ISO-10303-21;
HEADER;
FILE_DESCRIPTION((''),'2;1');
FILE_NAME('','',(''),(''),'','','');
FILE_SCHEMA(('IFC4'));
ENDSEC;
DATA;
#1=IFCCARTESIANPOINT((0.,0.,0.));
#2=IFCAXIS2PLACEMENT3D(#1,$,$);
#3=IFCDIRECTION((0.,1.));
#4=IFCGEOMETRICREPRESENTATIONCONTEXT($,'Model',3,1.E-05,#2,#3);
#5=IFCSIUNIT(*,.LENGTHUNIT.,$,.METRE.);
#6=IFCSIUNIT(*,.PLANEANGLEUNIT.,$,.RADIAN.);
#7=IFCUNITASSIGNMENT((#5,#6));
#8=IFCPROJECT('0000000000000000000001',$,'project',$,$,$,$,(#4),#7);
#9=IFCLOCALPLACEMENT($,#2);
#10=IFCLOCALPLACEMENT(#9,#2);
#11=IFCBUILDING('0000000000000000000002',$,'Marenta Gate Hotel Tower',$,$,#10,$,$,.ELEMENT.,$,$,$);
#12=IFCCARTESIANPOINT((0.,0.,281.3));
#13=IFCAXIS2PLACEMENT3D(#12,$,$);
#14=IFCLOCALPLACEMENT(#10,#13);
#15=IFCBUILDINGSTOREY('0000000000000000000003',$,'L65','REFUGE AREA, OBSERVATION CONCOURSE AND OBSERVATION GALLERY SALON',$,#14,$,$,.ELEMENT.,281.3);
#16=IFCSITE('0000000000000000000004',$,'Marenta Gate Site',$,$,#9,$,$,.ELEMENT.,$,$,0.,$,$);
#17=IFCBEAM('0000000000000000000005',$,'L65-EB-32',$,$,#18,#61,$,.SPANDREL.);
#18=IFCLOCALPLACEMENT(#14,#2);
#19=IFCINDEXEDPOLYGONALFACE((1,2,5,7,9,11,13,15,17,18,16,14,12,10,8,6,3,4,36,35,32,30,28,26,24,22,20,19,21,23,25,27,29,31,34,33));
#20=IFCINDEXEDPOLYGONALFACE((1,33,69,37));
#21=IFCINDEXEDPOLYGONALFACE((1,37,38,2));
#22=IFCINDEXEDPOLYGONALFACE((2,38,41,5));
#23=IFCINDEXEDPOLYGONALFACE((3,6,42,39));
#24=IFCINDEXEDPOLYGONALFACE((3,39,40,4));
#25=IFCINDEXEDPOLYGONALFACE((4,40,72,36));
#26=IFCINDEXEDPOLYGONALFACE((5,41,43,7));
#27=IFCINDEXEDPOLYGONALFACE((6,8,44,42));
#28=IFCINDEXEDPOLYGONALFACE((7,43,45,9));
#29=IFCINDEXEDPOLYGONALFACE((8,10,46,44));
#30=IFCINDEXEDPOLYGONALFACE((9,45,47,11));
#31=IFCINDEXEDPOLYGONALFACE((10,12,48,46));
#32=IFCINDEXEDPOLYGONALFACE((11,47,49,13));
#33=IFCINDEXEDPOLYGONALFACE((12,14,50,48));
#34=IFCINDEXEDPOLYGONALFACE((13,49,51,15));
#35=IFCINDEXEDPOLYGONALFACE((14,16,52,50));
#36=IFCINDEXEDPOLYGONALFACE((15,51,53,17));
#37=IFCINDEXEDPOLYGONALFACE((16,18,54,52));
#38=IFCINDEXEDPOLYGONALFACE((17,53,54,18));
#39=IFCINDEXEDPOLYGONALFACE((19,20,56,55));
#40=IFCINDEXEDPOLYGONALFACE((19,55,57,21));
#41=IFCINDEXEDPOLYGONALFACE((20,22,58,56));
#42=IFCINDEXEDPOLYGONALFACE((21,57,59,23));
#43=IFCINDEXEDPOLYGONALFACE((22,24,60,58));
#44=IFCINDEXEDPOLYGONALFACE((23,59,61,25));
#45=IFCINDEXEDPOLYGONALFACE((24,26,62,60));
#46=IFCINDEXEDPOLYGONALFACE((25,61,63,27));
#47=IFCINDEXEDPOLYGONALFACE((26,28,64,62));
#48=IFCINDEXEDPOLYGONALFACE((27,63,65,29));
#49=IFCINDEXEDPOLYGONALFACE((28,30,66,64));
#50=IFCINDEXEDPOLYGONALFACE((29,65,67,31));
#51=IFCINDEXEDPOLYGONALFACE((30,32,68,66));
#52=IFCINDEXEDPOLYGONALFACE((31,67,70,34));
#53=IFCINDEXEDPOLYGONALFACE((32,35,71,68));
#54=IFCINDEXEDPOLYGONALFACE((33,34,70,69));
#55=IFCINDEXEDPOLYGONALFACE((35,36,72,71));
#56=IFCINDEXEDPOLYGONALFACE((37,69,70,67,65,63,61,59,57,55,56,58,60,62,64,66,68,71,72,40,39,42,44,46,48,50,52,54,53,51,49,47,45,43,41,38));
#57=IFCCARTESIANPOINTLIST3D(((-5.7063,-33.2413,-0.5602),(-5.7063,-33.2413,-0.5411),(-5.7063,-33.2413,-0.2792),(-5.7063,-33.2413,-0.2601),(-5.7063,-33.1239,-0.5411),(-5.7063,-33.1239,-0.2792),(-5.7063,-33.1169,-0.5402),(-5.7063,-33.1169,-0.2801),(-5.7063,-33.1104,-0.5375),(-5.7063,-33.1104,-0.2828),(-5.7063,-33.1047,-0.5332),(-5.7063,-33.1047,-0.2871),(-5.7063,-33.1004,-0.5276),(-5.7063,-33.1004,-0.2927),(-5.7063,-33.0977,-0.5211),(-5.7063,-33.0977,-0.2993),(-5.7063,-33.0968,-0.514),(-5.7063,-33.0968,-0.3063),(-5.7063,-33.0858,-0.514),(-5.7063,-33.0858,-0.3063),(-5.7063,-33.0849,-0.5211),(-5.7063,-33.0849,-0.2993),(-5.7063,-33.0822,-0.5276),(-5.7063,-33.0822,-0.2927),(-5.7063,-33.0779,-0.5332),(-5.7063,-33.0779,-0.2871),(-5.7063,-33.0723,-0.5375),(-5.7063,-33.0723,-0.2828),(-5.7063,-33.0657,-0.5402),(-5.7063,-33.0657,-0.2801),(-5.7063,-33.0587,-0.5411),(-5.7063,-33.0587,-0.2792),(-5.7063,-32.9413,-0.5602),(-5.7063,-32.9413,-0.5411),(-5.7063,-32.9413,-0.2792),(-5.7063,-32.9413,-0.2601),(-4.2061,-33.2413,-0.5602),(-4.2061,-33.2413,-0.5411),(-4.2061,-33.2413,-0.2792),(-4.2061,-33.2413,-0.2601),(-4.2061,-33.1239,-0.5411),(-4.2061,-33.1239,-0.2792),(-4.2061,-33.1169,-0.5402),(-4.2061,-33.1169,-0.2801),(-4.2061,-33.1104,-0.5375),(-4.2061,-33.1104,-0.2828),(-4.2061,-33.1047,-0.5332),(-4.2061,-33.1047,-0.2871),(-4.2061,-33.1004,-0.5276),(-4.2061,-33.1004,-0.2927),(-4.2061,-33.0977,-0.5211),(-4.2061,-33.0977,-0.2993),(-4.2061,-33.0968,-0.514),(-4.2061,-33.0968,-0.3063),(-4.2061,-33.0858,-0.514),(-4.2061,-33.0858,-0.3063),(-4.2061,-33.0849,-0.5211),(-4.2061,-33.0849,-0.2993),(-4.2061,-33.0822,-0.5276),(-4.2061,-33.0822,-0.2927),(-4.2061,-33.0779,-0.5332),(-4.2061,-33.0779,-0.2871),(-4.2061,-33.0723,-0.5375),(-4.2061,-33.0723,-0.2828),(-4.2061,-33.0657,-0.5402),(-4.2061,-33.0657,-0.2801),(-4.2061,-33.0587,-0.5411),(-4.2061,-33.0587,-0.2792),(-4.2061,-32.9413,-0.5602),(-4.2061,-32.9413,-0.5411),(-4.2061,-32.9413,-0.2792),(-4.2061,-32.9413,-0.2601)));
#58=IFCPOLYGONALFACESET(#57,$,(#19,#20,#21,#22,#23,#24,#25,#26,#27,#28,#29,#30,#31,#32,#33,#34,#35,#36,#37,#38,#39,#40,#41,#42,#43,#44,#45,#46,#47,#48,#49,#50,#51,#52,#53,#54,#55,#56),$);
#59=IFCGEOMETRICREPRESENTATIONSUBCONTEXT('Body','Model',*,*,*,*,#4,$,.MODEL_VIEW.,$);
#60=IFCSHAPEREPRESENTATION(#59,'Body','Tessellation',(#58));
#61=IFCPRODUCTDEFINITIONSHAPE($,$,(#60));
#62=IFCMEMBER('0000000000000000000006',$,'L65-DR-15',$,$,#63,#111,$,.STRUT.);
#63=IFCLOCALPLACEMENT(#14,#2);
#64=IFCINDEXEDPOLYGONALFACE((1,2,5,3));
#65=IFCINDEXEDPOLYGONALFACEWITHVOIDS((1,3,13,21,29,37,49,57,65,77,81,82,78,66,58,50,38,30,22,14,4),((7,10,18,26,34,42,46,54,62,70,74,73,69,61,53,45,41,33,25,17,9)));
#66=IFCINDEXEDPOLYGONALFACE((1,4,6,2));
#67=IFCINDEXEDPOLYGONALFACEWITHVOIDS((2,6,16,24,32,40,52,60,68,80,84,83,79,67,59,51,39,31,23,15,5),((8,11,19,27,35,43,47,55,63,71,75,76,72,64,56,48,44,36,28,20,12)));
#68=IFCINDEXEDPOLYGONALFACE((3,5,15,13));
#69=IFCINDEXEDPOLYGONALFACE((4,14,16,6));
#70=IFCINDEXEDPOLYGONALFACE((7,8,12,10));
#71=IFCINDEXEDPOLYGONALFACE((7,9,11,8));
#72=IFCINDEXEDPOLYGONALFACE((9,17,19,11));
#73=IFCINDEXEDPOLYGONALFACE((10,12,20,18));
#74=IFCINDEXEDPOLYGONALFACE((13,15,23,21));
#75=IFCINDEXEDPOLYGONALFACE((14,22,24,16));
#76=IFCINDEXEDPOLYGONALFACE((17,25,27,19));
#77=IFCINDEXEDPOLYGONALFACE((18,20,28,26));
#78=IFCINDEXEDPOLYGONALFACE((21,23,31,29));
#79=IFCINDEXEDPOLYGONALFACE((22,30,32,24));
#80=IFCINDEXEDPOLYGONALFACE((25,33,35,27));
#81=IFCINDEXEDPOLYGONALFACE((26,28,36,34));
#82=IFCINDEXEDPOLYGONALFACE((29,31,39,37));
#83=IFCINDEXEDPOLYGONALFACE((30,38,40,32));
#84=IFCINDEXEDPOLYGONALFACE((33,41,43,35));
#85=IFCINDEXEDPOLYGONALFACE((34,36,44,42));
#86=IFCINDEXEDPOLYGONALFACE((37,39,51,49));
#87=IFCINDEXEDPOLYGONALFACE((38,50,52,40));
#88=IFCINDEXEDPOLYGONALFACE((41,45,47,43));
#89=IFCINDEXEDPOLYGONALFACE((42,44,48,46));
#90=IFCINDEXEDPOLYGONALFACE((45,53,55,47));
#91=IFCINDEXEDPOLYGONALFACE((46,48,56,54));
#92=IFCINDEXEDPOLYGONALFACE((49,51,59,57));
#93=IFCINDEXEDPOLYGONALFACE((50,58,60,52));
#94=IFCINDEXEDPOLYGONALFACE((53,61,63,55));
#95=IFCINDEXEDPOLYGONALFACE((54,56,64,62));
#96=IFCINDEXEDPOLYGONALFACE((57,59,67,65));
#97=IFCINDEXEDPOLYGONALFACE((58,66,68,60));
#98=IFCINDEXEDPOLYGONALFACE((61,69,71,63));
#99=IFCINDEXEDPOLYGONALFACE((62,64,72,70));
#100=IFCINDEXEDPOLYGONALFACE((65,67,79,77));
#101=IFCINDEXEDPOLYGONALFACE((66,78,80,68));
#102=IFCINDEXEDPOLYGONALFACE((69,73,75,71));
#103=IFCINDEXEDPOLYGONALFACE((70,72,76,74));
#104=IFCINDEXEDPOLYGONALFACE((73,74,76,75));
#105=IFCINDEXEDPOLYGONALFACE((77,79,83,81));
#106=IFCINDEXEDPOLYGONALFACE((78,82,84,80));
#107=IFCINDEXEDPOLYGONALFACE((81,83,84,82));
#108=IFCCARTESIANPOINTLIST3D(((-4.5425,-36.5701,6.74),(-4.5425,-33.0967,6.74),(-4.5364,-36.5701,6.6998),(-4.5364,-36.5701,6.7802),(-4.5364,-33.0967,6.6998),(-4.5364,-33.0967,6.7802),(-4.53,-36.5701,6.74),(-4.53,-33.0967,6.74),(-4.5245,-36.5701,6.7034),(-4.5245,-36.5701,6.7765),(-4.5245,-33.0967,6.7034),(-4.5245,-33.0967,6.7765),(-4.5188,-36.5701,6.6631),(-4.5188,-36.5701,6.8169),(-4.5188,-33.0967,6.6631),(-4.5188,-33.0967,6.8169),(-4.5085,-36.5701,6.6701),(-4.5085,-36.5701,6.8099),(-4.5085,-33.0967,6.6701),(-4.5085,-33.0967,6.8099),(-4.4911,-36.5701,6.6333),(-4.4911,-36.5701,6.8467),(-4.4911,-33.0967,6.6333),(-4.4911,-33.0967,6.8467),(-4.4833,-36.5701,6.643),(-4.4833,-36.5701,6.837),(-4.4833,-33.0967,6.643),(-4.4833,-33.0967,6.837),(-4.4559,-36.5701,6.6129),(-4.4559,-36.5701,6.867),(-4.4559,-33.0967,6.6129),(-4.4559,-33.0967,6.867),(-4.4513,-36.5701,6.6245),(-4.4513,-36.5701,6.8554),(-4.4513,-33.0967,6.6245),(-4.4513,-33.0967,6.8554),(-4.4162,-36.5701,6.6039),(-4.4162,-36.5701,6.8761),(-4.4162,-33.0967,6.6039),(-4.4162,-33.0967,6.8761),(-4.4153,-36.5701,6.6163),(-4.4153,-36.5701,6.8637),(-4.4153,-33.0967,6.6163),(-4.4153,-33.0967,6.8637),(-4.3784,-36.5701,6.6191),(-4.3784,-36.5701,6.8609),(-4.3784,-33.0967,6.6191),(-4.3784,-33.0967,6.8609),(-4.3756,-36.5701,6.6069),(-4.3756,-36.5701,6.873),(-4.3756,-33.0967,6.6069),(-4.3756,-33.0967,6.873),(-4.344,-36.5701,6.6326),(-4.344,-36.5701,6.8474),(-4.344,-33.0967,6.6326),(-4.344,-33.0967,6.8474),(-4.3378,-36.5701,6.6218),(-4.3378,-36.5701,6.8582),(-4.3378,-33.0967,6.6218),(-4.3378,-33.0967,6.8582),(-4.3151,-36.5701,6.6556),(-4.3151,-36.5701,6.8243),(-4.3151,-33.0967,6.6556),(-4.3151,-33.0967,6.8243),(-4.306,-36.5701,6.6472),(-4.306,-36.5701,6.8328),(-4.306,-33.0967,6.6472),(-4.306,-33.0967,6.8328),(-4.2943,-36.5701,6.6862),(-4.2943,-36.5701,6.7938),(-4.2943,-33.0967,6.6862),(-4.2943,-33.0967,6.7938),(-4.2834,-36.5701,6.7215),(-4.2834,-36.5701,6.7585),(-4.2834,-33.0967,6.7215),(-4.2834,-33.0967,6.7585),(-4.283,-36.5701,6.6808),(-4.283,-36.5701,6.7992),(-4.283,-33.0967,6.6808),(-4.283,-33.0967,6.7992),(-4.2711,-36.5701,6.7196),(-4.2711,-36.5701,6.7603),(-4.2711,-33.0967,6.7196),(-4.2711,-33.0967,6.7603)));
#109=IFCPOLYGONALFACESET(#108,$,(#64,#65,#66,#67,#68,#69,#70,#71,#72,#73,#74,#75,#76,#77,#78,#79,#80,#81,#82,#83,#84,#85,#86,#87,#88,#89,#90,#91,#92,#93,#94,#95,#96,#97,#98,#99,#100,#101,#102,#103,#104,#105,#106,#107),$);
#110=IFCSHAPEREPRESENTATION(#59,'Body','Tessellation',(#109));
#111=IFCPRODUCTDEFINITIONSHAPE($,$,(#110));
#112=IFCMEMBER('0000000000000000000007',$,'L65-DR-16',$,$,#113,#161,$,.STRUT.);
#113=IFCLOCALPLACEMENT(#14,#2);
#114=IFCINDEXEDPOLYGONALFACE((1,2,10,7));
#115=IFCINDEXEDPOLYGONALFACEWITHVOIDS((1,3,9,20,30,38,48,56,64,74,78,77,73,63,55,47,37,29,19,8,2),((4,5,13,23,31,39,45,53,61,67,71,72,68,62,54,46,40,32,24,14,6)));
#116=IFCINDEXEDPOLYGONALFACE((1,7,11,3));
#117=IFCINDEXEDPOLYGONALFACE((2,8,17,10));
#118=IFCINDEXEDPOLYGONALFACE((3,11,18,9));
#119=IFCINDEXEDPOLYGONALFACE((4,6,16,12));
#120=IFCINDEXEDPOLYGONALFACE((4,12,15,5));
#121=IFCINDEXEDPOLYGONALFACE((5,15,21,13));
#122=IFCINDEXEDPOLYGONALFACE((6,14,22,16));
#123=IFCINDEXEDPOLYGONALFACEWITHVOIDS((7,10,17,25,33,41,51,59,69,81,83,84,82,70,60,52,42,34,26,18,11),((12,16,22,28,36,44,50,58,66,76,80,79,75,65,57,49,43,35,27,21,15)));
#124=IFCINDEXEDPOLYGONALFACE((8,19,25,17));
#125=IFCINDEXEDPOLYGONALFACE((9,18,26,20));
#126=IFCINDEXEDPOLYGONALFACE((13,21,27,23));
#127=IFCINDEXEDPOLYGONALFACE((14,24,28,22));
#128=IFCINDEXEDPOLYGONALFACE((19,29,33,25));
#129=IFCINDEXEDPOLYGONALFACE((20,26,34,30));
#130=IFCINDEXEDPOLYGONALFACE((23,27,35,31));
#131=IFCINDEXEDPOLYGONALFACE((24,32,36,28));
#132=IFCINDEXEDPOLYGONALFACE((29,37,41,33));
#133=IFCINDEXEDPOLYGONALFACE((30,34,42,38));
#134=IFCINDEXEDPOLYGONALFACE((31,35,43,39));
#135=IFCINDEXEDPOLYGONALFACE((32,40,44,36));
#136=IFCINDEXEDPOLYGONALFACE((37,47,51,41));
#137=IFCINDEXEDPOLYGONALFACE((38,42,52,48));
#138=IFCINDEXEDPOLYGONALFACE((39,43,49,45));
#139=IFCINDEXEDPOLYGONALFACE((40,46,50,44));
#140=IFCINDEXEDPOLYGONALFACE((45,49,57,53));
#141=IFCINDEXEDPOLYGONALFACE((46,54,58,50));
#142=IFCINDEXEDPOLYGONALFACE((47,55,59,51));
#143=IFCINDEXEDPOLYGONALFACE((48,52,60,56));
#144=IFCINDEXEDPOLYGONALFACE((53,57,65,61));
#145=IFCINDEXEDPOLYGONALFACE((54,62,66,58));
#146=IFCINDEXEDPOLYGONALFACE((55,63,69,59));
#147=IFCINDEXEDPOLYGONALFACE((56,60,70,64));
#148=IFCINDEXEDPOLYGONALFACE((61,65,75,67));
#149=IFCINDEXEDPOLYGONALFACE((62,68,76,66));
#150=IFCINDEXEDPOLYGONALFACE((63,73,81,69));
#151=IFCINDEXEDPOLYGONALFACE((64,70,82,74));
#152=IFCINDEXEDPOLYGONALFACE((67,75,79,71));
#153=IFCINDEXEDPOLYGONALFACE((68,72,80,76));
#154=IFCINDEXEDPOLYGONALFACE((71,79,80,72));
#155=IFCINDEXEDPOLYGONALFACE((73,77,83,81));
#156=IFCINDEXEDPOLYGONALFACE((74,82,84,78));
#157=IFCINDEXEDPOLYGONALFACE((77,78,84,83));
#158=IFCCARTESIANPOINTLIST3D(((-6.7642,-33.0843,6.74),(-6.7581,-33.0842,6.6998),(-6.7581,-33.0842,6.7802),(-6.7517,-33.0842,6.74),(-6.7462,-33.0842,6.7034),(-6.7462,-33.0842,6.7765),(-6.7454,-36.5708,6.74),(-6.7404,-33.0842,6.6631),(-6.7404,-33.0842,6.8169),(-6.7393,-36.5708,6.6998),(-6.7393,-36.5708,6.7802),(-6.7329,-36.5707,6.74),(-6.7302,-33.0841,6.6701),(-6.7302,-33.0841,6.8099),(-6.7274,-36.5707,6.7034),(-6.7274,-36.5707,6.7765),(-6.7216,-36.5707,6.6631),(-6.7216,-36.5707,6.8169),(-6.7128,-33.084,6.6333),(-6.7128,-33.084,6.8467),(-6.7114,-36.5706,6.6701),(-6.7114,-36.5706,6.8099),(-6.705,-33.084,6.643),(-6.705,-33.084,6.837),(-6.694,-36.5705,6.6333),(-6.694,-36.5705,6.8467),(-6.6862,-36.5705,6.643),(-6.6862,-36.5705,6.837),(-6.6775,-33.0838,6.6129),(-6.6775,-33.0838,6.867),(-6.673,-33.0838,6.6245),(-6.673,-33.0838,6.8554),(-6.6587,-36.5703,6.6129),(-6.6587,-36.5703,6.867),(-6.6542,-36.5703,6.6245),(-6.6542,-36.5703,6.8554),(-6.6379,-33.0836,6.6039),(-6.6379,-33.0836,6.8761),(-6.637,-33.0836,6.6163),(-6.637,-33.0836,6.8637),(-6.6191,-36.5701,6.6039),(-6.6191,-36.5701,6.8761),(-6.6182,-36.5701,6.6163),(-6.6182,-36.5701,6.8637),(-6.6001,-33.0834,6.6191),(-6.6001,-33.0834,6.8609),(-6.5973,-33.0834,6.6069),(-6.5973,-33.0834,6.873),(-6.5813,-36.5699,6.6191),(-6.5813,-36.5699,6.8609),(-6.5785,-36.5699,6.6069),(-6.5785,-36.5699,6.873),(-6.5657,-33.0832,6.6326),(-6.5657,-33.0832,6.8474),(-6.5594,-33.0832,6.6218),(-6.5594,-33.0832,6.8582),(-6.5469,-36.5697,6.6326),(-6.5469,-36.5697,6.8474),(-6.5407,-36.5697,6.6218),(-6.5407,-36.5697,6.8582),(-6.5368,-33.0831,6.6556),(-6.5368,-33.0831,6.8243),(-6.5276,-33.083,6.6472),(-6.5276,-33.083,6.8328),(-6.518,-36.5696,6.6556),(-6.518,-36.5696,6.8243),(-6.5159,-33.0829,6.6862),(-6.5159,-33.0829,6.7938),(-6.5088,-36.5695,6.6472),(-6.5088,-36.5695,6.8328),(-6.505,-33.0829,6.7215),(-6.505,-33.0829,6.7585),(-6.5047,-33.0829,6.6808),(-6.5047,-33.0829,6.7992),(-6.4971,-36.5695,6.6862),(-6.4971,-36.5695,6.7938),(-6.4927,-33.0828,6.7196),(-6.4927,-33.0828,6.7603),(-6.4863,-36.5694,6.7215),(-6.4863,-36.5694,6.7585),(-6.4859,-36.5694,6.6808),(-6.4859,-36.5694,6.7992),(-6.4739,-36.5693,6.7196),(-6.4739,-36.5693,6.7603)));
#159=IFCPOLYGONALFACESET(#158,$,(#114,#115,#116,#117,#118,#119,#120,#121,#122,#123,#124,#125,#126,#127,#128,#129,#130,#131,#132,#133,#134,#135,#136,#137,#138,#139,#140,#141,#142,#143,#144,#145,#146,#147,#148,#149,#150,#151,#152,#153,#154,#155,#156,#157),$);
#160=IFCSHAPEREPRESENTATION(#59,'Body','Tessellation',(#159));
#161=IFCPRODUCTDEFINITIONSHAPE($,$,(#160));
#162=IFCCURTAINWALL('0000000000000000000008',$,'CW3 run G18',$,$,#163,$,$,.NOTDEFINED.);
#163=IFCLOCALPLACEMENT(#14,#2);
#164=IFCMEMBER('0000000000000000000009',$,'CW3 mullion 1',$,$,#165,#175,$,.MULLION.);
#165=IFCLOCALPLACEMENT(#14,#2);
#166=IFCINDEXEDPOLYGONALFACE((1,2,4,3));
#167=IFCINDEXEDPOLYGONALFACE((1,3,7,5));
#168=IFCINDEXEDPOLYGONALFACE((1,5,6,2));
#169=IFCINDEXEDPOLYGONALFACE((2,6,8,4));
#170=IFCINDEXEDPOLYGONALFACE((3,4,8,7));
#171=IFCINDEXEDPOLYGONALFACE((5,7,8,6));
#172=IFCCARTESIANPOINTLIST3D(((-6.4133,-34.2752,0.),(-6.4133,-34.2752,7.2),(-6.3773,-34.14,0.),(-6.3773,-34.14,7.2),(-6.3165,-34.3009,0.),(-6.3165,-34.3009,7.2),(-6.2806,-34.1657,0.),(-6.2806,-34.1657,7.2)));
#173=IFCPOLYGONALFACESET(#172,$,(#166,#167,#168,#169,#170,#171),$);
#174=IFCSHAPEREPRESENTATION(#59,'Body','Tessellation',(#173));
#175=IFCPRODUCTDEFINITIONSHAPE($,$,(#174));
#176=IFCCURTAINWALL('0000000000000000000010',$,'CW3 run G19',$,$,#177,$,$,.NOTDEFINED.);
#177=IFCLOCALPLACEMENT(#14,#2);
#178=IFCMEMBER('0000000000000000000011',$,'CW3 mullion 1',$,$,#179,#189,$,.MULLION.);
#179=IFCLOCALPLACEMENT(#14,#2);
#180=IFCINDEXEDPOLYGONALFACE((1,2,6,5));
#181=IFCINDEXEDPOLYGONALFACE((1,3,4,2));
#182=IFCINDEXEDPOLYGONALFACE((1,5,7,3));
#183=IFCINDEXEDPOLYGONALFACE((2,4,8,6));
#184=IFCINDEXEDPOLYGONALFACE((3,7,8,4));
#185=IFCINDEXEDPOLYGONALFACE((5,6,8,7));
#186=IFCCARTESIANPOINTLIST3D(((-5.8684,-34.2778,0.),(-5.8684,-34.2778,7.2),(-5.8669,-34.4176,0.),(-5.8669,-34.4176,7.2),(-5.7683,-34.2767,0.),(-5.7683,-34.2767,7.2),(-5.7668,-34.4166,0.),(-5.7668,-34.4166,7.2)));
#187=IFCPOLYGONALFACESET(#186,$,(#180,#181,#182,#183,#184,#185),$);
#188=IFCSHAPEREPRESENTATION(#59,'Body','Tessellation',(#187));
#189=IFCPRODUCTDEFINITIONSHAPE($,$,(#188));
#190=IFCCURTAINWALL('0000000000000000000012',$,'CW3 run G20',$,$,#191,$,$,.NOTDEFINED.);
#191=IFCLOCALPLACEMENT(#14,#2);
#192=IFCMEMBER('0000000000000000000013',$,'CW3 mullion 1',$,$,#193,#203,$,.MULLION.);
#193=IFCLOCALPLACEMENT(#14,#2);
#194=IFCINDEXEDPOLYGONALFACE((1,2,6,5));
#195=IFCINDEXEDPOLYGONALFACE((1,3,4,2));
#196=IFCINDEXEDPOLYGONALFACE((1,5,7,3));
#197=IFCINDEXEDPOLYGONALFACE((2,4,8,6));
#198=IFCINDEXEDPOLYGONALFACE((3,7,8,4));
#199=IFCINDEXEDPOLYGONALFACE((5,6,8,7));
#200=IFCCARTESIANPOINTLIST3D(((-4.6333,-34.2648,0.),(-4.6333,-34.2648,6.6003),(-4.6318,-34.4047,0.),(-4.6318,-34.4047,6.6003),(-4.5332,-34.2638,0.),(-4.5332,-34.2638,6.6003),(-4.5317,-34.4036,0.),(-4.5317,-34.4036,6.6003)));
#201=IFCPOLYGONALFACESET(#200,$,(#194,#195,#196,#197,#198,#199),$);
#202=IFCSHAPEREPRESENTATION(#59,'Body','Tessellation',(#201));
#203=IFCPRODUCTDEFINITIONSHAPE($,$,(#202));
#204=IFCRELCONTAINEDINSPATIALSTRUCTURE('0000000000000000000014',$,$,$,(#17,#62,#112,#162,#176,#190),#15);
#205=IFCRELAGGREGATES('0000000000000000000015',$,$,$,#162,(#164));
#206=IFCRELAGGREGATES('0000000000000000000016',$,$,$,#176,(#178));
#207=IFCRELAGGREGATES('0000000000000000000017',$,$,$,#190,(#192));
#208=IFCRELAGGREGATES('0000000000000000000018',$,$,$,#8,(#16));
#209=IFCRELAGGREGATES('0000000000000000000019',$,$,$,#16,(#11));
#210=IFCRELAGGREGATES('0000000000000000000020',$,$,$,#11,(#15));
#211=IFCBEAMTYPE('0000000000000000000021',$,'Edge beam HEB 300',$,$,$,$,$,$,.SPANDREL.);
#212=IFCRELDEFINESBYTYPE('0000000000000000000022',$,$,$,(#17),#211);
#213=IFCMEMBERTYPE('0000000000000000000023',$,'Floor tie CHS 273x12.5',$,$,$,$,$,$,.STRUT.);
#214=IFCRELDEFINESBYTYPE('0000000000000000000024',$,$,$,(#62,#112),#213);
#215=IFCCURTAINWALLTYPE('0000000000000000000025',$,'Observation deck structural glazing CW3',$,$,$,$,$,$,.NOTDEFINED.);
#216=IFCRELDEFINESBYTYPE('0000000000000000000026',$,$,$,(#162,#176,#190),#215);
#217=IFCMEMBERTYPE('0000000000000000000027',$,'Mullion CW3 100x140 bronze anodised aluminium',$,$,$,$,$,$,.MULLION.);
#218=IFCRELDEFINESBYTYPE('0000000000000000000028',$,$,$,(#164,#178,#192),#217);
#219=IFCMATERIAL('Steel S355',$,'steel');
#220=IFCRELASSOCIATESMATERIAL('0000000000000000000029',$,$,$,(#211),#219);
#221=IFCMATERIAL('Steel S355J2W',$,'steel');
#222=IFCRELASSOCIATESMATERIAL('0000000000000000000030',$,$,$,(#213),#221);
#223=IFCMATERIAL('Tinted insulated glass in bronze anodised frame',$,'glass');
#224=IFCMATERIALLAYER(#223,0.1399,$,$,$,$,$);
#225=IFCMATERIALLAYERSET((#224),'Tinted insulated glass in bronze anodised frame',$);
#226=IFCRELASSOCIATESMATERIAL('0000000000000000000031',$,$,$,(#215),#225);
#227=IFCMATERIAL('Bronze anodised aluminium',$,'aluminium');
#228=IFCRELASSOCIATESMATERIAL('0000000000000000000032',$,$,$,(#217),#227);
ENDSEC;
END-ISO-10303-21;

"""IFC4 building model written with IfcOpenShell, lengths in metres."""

from ifc_helpers import new_model, si_unit, direction, frame, origin, origin_2d, place, context, subcontext, project, spatial, rectangle, hollow_circle, i_section, extrude, material, layer, layer_set, material_profile, profile_set, type_object, element, aggregate, save


model = new_model("IFC4")

# Units and contexts
model_context = context("Model", 3, precision=1e-05, world=origin(), true_north=direction((0.0, 1.0)))
body_context = subcontext(model_context, "Body", "Model", "MODEL_VIEW")
ifc_project = project(units=[si_unit("LENGTHUNIT", "METRE"), si_unit("PLANEANGLEUNIT", "RADIAN")], contexts=[model_context])

# Site, building, storey
site_placement = place(None, origin())
site = spatial("IfcSite", under=ifc_project, at=site_placement, Name="Marenta Gate Site", CompositionType="ELEMENT", RefElevation=0.0)
building_placement = place(site_placement, origin())
building = spatial("IfcBuilding", under=site, at=building_placement, Name="Marenta Gate Hotel Tower", CompositionType="ELEMENT")
storey_placement = place(building_placement, frame((0.0, 0.0, 281.3)))
storey = spatial("IfcBuildingStorey", under=building, at=storey_placement, Name="L65", Description="REFUGE AREA, OBSERVATION CONCOURSE AND OBSERVATION GALLERY SALON", CompositionType="ELEMENT", Elevation=281.3)

# Beam
ifc_material_1 = material(Name="Steel S355", Category="steel")
ifc_material_profile_1 = material_profile(ifc_material_1, i_section(OverallWidth=0.3, OverallDepth=0.3, WebThickness=0.011, FlangeThickness=0.019, FilletRadius=0.0271, at=origin_2d()), Name="HEB 300")
ifc_profile_set_1 = profile_set([ifc_material_profile_1], Name="Steel S355")
beam_type = type_object("IfcBeamType", Name="Edge beam HEB 300", PredefinedType="SPANDREL", material=ifc_profile_set_1)
beam_1_placement = place(storey_placement, frame((-4.2061, -33.0913, -0.4102), z_axis=(-1.0, 0.0, 0.0), x_axis=(0.0, -1.0, 0.0)))
element("IfcBeam", 1, at=beam_1_placement, inside=storey, type_object=beam_type, Name="L65-EB-32", PredefinedType="SPANDREL", context=body_context, shape_type="SweptSolid", body=[
    extrude(i_section(OverallWidth=0.3, OverallDepth=0.3, WebThickness=0.011, FlangeThickness=0.019, FilletRadius=0.0271, at=origin_2d()), origin(), (0.0, 0.0, 1.0), 1.5002),
])

# Members
ifc_material_2 = material(Name="Steel S355J2W", Category="steel")
ifc_material_profile_2 = material_profile(ifc_material_2, hollow_circle(Radius=0.1365, WallThickness=0.0125, at=origin_2d()), Name="CHS 273x12.5")
ifc_profile_set_2 = profile_set([ifc_material_profile_2], Name="Steel S355J2W")
member_type_1 = type_object("IfcMemberType", Name="Floor tie CHS 273x12.5", PredefinedType="STRUT", material=ifc_profile_set_2)
member_1_placement = place(storey_placement, frame((-4.406, -36.5701, 6.74), z_axis=(0.0, 1.0, 0.0), x_axis=(-1.0, 0.0, 0.0)))
element("IfcMember", 2, at=member_1_placement, inside=storey, type_object=member_type_1, Name="L65-DR-15", PredefinedType="STRUT", context=body_context, shape_type="SweptSolid", body=[
    extrude(hollow_circle(Radius=0.1365, WallThickness=0.0125, at=origin_2d()), origin(), (0.0, 0.0, 1.0), 3.4734),
])
member_2_placement = place(storey_placement, frame((-6.6089, -36.5701, 6.74), z_axis=(-0.005392, 0.999985, 0.0), x_axis=(-0.999985, -0.005392, 0.0)))
element("IfcMember", 3, at=member_2_placement, inside=storey, type_object=member_type_1, Name="L65-DR-16", PredefinedType="STRUT", context=body_context, shape_type="SweptSolid", body=[
    extrude(hollow_circle(Radius=0.1365, WallThickness=0.0125, at=origin_2d()), origin(), (0.0, 0.0, 1.0), 3.4866),
])

# Curtain walls, members
ifc_material_3 = material(Name="Tinted insulated glass in bronze anodised frame", Category="glass")
ifc_layer_1 = layer(ifc_material_3, 0.1399)
ifc_layer_set_1 = layer_set([ifc_layer_1], Name="Tinted insulated glass in bronze anodised frame")
curtain_wall_type = type_object("IfcCurtainWallType", Name="Observation deck structural glazing CW3", PredefinedType="NOTDEFINED", material=ifc_layer_set_1)
curtain_wall_1_placement = place(storey_placement, origin())
curtain_wall_1 = element("IfcCurtainWall", 4, at=curtain_wall_1_placement, inside=storey, type_object=curtain_wall_type, Name="CW3 run G18", PredefinedType="NOTDEFINED")
ifc_material_4 = material(Name="Bronze anodised aluminium", Category="aluminium")
ifc_material_profile_3 = material_profile(ifc_material_4, rectangle(XDim=0.1399, YDim=0.1001, at=origin_2d()), Name="Mullion CW3 100x140 bronze anodised aluminium")
ifc_profile_set_3 = profile_set([ifc_material_profile_3], Name="Bronze anodised aluminium")
member_type_2 = type_object("IfcMemberType", Name="Mullion CW3 100x140 bronze anodised aluminium", PredefinedType="MULLION", material=ifc_profile_set_3)
member_3_placement = place(storey_placement, frame((-6.3469, -34.2205, 0.0), z_axis=(0.0, 0.0, 1.0), x_axis=(0.25699, 0.966414, 0.0)))
member_3 = element("IfcMember", 5, at=member_3_placement, type_object=member_type_2, Name="CW3 mullion 1", PredefinedType="MULLION", context=body_context, shape_type="SweptSolid", body=[
    extrude(rectangle(XDim=0.1399, YDim=0.1001, at=origin_2d()), origin(), (0.0, 0.0, 1.0), 7.2),
])
curtain_wall_2_placement = place(storey_placement, origin())
curtain_wall_2 = element("IfcCurtainWall", 6, at=curtain_wall_2_placement, inside=storey, type_object=curtain_wall_type, Name="CW3 run G19", PredefinedType="NOTDEFINED")
member_4_placement = place(storey_placement, frame((-5.8176, -34.3472, 0.0), z_axis=(0.0, 0.0, 1.0), x_axis=(-0.010606, 0.999944, 0.0)))
member_4 = element("IfcMember", 7, at=member_4_placement, type_object=member_type_2, Name="CW3 mullion 1", PredefinedType="MULLION", context=body_context, shape_type="SweptSolid", body=[
    extrude(rectangle(XDim=0.1399, YDim=0.1001, at=origin_2d()), origin(), (0.0, 0.0, 1.0), 7.2),
])
curtain_wall_3_placement = place(storey_placement, origin())
curtain_wall_3 = element("IfcCurtainWall", 8, at=curtain_wall_3_placement, inside=storey, type_object=curtain_wall_type, Name="CW3 run G20", PredefinedType="NOTDEFINED")
member_5_placement = place(storey_placement, frame((-4.5825, -34.3342, 0.0), z_axis=(0.0, 0.0, 1.0), x_axis=(-0.010595, 0.999944, 0.0)))
member_5 = element("IfcMember", 9, at=member_5_placement, type_object=member_type_2, Name="CW3 mullion 1", PredefinedType="MULLION", context=body_context, shape_type="SweptSolid", body=[
    extrude(rectangle(XDim=0.1399, YDim=0.1001, at=origin_2d()), origin(), (0.0, 0.0, 1.0), 6.6003),
])

aggregate(curtain_wall_1, [member_3])
aggregate(curtain_wall_2, [member_4])
aggregate(curtain_wall_3, [member_5])

save(model, "model.ifc")
